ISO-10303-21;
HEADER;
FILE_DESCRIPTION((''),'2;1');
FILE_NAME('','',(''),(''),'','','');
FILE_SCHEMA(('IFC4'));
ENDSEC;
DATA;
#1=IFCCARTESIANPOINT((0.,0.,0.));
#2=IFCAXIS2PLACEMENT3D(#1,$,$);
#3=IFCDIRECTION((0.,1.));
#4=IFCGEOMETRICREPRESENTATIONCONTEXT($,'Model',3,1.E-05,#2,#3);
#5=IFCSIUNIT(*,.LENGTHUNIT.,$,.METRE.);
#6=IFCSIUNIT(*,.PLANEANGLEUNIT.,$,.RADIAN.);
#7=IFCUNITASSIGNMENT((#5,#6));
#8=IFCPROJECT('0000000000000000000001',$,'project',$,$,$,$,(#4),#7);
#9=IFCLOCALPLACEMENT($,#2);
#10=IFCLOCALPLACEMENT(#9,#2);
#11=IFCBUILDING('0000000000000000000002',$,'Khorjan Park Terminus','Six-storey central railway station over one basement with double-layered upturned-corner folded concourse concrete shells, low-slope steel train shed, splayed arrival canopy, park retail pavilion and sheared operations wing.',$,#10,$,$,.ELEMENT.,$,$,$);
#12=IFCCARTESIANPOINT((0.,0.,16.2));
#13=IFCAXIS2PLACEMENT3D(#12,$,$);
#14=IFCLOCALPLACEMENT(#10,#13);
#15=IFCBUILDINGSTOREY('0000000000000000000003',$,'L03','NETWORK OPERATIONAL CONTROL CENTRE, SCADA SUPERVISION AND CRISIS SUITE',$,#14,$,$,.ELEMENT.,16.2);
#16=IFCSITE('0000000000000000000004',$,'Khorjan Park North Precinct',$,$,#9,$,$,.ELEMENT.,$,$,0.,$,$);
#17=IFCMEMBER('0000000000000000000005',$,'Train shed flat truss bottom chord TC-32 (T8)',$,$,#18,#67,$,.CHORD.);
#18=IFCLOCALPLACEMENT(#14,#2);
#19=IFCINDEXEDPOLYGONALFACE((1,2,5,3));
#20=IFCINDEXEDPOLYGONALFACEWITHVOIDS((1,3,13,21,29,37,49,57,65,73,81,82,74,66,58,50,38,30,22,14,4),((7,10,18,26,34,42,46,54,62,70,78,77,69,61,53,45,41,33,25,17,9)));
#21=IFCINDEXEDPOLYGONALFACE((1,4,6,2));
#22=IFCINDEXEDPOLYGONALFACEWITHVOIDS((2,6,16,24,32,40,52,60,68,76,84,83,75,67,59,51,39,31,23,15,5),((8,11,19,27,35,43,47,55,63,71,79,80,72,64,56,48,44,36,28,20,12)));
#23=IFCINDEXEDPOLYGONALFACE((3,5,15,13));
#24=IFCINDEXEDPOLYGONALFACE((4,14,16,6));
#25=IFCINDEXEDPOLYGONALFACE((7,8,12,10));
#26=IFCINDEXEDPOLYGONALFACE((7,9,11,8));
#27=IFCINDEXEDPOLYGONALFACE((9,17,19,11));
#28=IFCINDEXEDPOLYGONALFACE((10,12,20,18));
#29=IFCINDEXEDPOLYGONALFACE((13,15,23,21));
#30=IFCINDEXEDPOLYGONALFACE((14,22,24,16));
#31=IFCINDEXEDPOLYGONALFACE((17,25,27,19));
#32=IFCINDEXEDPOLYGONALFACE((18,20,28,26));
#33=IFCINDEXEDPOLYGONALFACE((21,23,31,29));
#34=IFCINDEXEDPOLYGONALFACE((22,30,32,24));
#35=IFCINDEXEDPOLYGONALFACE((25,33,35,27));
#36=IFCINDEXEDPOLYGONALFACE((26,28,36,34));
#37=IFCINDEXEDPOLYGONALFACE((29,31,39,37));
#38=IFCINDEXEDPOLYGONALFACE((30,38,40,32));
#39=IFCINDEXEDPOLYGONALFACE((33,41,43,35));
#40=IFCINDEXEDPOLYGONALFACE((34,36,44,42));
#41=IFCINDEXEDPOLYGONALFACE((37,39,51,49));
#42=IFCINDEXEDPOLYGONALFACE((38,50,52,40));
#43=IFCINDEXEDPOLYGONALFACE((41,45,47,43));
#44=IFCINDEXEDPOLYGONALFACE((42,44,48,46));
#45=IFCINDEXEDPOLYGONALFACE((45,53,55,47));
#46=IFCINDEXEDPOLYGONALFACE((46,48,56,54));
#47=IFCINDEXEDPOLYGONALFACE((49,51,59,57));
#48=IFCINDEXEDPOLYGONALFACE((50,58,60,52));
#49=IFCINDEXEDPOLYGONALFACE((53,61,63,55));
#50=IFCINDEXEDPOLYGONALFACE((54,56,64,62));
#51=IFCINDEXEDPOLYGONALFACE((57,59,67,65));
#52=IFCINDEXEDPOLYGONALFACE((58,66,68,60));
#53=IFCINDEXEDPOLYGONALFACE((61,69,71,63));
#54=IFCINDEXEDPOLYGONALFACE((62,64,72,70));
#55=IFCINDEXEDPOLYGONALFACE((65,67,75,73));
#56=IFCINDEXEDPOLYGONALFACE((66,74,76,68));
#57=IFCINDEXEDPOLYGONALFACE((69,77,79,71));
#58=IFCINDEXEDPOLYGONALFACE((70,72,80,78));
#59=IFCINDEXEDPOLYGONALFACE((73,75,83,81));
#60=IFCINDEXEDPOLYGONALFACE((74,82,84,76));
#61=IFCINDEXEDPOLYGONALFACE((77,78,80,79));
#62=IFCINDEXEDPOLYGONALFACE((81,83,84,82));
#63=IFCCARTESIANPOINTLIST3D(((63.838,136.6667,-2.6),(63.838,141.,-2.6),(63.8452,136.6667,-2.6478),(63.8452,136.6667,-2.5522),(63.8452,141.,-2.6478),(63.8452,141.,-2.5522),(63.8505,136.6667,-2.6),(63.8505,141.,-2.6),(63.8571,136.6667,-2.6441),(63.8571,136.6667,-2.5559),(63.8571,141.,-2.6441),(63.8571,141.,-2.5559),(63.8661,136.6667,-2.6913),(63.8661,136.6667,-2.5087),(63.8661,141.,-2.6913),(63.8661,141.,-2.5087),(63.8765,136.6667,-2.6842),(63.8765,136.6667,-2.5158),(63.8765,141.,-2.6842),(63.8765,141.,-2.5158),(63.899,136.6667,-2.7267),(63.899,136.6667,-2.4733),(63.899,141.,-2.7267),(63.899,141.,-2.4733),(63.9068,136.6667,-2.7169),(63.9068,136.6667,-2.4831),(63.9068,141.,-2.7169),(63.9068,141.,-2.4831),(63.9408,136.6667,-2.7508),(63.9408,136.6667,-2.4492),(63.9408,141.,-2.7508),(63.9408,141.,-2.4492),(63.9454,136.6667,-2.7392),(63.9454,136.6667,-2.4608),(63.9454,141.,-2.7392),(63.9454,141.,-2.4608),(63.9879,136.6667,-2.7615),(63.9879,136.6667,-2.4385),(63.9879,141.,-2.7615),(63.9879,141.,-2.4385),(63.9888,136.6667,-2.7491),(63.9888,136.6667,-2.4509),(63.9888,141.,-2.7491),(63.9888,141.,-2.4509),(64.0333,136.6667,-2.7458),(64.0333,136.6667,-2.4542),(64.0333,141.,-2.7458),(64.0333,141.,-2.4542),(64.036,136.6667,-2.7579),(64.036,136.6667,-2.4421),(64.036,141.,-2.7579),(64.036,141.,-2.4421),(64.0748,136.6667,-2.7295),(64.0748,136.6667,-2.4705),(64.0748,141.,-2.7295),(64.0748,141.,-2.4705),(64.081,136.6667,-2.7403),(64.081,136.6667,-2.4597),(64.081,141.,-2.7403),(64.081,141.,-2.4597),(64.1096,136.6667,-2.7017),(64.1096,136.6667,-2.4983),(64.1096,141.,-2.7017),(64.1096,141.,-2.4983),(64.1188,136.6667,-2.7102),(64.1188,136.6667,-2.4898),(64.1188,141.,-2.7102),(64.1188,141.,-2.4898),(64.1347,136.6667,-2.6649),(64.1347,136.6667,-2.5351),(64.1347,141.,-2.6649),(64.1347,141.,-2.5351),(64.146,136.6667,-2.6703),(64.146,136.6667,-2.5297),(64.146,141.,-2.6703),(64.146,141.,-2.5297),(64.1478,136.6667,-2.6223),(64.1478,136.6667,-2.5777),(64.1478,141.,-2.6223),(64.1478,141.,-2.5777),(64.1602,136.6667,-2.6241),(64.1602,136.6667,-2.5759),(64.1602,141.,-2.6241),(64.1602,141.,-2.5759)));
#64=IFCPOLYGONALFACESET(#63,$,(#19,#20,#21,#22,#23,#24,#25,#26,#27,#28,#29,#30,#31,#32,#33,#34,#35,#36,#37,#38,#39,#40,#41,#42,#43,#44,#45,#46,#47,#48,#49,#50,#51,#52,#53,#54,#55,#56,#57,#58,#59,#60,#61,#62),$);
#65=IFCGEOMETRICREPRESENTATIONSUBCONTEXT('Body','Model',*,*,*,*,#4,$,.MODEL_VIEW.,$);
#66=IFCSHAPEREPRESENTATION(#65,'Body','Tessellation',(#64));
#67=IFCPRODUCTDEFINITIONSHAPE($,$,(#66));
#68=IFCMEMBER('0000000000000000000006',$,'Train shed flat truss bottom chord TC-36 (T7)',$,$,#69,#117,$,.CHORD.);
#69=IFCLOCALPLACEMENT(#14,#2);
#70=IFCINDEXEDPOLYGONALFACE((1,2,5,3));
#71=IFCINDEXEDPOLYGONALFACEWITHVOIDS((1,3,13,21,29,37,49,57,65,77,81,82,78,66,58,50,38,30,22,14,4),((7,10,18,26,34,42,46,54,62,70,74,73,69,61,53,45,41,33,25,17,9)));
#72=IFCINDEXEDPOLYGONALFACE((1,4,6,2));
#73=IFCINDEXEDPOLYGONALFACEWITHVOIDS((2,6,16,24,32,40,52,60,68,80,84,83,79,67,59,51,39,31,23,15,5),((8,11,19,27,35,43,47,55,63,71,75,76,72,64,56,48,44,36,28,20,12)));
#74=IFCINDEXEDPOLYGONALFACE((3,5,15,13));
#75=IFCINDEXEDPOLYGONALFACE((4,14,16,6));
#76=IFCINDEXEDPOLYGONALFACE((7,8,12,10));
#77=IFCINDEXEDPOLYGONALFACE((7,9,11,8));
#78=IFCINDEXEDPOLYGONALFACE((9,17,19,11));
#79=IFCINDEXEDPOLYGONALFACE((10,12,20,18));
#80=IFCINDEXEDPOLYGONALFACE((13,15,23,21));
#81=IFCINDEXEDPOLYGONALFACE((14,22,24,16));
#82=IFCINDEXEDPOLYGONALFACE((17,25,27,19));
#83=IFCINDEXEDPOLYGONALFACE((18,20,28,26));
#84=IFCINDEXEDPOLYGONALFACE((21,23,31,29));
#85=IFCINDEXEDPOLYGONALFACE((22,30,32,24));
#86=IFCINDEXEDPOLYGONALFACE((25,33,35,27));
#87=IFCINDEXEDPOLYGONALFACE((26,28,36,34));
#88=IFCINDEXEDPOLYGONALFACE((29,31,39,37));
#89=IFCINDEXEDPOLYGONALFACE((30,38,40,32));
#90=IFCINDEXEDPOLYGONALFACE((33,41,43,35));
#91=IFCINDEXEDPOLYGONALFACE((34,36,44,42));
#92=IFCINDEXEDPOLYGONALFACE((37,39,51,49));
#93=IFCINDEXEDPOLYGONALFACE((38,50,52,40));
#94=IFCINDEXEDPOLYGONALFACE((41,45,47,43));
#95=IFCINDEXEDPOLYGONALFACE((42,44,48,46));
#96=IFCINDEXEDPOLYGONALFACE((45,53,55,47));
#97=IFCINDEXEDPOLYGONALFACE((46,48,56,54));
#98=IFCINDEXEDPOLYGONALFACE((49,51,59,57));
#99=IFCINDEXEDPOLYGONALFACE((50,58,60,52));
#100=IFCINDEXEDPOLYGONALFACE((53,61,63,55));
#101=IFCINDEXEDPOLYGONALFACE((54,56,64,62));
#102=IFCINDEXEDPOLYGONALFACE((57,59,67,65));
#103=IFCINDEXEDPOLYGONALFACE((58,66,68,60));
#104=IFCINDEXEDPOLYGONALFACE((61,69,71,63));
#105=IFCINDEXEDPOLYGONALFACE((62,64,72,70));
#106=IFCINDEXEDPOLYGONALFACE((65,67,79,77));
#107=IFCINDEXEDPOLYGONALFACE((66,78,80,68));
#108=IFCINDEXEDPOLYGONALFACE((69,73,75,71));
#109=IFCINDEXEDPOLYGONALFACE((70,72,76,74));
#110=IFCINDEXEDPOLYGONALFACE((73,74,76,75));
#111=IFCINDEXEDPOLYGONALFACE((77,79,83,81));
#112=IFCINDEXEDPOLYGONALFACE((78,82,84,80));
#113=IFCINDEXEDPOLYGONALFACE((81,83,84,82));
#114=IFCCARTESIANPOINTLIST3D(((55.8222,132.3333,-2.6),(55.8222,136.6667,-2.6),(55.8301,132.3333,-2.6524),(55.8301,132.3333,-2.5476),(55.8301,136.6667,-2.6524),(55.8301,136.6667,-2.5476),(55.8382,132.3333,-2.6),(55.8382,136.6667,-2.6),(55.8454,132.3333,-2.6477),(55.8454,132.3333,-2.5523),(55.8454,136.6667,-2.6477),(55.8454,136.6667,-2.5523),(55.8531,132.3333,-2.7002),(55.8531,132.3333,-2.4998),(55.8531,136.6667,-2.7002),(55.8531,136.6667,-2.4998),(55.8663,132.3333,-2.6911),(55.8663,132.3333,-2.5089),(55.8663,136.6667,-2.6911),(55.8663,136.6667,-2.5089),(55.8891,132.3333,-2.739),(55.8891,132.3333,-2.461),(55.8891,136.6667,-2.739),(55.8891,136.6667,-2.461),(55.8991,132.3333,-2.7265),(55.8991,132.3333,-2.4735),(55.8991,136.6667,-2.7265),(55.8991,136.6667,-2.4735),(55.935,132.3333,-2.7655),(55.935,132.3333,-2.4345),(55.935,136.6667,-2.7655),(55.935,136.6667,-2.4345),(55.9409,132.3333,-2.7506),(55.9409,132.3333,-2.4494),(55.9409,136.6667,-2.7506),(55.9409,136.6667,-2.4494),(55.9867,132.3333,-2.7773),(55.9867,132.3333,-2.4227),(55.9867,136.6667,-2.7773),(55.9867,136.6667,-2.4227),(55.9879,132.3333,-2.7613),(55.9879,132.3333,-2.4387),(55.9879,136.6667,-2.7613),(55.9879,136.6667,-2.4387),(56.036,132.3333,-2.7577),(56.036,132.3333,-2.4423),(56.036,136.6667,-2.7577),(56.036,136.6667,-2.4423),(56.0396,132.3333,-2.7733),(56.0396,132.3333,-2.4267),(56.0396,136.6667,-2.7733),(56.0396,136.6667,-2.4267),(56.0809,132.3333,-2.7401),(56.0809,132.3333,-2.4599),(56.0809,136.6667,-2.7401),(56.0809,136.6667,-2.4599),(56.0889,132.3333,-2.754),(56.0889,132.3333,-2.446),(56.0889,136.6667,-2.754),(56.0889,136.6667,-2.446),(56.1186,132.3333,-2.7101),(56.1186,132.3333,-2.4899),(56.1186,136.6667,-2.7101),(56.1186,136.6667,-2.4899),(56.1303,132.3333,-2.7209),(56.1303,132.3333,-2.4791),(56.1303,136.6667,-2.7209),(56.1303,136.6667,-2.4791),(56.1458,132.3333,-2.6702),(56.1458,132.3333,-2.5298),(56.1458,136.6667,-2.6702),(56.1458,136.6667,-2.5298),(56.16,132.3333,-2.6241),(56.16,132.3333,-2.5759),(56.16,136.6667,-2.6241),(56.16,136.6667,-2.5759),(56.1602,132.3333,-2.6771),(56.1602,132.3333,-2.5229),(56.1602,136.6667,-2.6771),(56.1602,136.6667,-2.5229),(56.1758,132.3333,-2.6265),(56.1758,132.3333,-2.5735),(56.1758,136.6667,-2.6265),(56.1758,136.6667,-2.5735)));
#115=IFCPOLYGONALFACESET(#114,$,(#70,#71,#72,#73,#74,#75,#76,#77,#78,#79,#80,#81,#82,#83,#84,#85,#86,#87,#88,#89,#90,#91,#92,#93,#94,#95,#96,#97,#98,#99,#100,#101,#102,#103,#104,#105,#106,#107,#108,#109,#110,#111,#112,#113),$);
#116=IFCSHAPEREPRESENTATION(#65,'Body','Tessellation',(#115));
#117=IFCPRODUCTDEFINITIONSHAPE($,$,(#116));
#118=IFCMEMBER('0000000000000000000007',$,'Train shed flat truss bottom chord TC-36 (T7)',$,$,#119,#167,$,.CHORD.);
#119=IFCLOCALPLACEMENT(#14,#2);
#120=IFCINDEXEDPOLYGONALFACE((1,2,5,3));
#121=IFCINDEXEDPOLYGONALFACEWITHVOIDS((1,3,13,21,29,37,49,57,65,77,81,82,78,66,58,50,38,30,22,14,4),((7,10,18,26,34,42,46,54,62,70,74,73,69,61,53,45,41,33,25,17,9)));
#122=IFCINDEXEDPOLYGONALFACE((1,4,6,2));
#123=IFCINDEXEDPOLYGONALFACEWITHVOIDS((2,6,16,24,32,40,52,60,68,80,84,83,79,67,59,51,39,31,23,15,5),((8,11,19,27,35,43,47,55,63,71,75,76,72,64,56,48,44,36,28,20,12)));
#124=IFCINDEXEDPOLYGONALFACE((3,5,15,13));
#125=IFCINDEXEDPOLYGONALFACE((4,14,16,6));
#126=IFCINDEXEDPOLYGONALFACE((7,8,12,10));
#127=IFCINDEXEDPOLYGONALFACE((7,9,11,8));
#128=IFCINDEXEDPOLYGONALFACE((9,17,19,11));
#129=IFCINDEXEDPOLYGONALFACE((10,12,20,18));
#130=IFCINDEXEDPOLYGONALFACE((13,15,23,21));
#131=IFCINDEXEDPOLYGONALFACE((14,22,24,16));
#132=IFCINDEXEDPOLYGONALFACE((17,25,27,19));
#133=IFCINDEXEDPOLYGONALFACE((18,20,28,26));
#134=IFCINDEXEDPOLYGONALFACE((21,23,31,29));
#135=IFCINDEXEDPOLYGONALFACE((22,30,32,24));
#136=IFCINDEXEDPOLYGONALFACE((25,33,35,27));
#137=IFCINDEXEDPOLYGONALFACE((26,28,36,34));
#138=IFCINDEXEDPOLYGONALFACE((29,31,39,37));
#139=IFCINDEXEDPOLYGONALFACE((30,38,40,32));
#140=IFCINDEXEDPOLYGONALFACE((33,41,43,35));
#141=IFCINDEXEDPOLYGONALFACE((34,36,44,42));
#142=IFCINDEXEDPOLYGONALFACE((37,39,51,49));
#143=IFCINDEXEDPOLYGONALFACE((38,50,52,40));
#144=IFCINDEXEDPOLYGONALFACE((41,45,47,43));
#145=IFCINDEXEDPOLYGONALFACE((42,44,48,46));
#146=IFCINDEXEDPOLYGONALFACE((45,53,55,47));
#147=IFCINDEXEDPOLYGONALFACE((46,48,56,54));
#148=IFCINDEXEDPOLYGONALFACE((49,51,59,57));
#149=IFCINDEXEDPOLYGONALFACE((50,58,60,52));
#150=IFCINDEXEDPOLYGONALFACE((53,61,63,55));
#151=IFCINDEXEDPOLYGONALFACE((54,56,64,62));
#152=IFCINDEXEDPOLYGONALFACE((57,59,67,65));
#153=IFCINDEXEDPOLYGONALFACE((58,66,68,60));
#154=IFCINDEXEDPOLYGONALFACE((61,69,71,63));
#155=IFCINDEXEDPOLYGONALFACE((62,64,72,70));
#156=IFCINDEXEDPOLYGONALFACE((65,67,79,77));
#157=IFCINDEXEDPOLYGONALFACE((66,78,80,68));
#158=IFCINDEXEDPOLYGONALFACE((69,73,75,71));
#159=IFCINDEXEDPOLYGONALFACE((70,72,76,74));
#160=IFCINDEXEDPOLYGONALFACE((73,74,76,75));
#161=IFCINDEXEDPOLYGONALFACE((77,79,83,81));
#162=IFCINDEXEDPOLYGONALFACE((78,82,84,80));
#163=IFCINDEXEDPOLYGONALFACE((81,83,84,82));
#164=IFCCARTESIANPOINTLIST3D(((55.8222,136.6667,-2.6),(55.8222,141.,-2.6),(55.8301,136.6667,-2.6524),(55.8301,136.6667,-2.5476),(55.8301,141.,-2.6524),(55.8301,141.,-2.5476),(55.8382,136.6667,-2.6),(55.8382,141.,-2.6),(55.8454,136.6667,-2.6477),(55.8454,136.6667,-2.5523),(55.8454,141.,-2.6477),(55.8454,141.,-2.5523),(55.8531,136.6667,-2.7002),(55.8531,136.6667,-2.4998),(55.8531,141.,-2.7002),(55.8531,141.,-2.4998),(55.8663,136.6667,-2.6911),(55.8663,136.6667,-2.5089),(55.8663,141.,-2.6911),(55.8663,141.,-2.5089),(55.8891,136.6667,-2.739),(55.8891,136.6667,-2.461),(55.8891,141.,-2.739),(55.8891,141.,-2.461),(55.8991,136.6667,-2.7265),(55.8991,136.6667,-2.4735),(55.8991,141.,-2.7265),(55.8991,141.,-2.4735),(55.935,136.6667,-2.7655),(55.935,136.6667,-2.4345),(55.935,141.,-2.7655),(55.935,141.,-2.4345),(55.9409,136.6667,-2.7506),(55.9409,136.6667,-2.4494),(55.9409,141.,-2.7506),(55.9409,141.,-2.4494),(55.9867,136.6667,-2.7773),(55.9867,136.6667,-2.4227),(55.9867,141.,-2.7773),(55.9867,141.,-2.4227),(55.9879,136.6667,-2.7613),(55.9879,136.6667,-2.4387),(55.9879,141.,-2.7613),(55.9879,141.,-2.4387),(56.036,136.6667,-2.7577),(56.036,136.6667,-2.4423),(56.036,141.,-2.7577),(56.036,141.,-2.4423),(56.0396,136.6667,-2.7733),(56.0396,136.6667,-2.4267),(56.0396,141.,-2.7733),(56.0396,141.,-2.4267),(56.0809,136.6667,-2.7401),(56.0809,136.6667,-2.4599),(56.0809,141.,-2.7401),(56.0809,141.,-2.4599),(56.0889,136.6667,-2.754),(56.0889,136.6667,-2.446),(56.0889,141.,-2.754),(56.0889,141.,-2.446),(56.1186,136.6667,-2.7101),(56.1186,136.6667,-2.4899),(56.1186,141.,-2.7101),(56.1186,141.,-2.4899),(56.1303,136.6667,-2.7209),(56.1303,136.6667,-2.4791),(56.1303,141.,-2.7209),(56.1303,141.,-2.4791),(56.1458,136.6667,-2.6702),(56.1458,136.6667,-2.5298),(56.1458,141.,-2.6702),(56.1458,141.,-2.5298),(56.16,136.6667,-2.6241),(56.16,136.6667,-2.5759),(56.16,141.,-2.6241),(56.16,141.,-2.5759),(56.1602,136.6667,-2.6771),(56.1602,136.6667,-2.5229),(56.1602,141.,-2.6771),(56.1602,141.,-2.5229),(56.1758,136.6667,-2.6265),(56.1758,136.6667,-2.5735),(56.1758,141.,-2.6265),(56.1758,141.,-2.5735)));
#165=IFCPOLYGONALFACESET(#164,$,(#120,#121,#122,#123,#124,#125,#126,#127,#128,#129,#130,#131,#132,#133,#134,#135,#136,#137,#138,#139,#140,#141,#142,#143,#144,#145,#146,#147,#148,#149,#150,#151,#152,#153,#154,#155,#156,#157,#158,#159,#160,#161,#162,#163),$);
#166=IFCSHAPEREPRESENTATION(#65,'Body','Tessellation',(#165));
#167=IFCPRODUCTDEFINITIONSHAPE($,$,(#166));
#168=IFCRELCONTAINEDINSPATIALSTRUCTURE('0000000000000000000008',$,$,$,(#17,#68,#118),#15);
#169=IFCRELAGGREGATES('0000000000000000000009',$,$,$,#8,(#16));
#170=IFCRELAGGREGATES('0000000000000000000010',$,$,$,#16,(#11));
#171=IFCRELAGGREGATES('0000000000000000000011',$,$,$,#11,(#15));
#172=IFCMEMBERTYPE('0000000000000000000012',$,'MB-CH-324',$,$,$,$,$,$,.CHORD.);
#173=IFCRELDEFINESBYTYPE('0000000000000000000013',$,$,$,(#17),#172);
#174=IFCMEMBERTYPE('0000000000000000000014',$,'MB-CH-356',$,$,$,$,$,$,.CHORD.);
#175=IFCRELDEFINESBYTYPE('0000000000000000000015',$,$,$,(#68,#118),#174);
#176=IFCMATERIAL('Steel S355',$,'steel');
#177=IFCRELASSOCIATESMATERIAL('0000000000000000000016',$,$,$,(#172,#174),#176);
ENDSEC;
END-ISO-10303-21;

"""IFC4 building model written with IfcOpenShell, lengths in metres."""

from ifc_helpers import new_model, si_unit, direction, frame, origin, origin_2d, place, context, subcontext, project, spatial, hollow_circle, extrude, material, material_profile, profile_set, type_object, element, save


model = new_model("IFC4")

# Units and contexts
model_context = context("Model", 3, precision=1e-05, world=origin(), true_north=direction((0.0, 1.0)))
body_context = subcontext(model_context, "Body", "Model", "MODEL_VIEW")
ifc_project = project(units=[si_unit("LENGTHUNIT", "METRE"), si_unit("PLANEANGLEUNIT", "RADIAN")], contexts=[model_context])

# Site, building, storey
site_placement = place(None, origin())
site = spatial("IfcSite", under=ifc_project, at=site_placement, Name="Khorjan Park North Precinct", CompositionType="ELEMENT", RefElevation=0.0)
building_placement = place(site_placement, origin())
building = spatial("IfcBuilding", under=site, at=building_placement, Name="Khorjan Park Terminus", Description="Six-storey central railway station over one basement with double-layered upturned-corner folded concourse concrete shells, low-slope steel train shed, splayed arrival canopy, park retail pavilion and sheared operations wing.", CompositionType="ELEMENT")
storey_placement = place(building_placement, frame((0.0, 0.0, 16.2)))
storey = spatial("IfcBuildingStorey", under=building, at=storey_placement, Name="L03", Description="NETWORK OPERATIONAL CONTROL CENTRE, SCADA SUPERVISION AND CRISIS SUITE", CompositionType="ELEMENT", Elevation=16.2)

# Members
ifc_material_1 = material(Name="Steel S355", Category="steel")
ifc_material_profile_1 = material_profile(ifc_material_1, hollow_circle(Radius=0.162, WallThickness=0.0125, at=origin_2d()), Name="CHS 323.9x12.5")
ifc_profile_set_1 = profile_set([ifc_material_profile_1], Name="Steel S355")
member_type_1 = type_object("IfcMemberType", Name="MB-CH-324", PredefinedType="CHORD", material=ifc_profile_set_1)
member_1_placement = place(storey_placement, frame((64.0, 136.6667, -2.6), z_axis=(0.0, 1.0, 0.0), x_axis=(-1.0, 0.0, 0.0)))
element("IfcMember", 1, at=member_1_placement, inside=storey, type_object=member_type_1, Name="Train shed flat truss bottom chord TC-32 (T8)", PredefinedType="CHORD", context=body_context, shape_type="SweptSolid", body=[
    extrude(hollow_circle(Radius=0.162, WallThickness=0.0125, at=origin_2d()), origin(), (0.0, 0.0, 1.0), 4.3333),
])
ifc_material_profile_2 = material_profile(ifc_material_1, hollow_circle(Radius=0.1778, WallThickness=0.016, at=origin_2d()), Name="CHS 355.6x16")
ifc_profile_set_2 = profile_set([ifc_material_profile_2], Name="Steel S355")
member_type_2 = type_object("IfcMemberType", Name="MB-CH-356", PredefinedType="CHORD", material=ifc_profile_set_2)
member_2_placement = place(storey_placement, frame((56.0, 132.3333, -2.6), z_axis=(0.0, 1.0, 0.0), x_axis=(-1.0, 0.0, 0.0)))
element("IfcMember", 2, at=member_2_placement, inside=storey, type_object=member_type_2, Name="Train shed flat truss bottom chord TC-36 (T7)", PredefinedType="CHORD", context=body_context, shape_type="SweptSolid", body=[
    extrude(hollow_circle(Radius=0.1778, WallThickness=0.016, at=origin_2d()), origin(), (0.0, 0.0, 1.0), 4.3334),
])
for number, where, z_axis, x_axis, name in (
    (3, (56.0, 136.6667, -2.6), (0.0, 1.0, 0.0), (-1.0, 0.0, 0.0), "Train shed flat truss bottom chord TC-36 (T7)"),
):
    element("IfcMember", number, at=place(storey_placement, frame(where, z_axis=z_axis, x_axis=x_axis)), inside=storey, type_object=member_type_2, Name=name, PredefinedType="CHORD", context=body_context, shape_type="SweptSolid", body=[
        extrude(hollow_circle(Radius=0.1778, WallThickness=0.016, at=origin_2d()), origin(), (0.0, 0.0, 1.0), 4.3333),
    ])

save(model, "model.ifc")
